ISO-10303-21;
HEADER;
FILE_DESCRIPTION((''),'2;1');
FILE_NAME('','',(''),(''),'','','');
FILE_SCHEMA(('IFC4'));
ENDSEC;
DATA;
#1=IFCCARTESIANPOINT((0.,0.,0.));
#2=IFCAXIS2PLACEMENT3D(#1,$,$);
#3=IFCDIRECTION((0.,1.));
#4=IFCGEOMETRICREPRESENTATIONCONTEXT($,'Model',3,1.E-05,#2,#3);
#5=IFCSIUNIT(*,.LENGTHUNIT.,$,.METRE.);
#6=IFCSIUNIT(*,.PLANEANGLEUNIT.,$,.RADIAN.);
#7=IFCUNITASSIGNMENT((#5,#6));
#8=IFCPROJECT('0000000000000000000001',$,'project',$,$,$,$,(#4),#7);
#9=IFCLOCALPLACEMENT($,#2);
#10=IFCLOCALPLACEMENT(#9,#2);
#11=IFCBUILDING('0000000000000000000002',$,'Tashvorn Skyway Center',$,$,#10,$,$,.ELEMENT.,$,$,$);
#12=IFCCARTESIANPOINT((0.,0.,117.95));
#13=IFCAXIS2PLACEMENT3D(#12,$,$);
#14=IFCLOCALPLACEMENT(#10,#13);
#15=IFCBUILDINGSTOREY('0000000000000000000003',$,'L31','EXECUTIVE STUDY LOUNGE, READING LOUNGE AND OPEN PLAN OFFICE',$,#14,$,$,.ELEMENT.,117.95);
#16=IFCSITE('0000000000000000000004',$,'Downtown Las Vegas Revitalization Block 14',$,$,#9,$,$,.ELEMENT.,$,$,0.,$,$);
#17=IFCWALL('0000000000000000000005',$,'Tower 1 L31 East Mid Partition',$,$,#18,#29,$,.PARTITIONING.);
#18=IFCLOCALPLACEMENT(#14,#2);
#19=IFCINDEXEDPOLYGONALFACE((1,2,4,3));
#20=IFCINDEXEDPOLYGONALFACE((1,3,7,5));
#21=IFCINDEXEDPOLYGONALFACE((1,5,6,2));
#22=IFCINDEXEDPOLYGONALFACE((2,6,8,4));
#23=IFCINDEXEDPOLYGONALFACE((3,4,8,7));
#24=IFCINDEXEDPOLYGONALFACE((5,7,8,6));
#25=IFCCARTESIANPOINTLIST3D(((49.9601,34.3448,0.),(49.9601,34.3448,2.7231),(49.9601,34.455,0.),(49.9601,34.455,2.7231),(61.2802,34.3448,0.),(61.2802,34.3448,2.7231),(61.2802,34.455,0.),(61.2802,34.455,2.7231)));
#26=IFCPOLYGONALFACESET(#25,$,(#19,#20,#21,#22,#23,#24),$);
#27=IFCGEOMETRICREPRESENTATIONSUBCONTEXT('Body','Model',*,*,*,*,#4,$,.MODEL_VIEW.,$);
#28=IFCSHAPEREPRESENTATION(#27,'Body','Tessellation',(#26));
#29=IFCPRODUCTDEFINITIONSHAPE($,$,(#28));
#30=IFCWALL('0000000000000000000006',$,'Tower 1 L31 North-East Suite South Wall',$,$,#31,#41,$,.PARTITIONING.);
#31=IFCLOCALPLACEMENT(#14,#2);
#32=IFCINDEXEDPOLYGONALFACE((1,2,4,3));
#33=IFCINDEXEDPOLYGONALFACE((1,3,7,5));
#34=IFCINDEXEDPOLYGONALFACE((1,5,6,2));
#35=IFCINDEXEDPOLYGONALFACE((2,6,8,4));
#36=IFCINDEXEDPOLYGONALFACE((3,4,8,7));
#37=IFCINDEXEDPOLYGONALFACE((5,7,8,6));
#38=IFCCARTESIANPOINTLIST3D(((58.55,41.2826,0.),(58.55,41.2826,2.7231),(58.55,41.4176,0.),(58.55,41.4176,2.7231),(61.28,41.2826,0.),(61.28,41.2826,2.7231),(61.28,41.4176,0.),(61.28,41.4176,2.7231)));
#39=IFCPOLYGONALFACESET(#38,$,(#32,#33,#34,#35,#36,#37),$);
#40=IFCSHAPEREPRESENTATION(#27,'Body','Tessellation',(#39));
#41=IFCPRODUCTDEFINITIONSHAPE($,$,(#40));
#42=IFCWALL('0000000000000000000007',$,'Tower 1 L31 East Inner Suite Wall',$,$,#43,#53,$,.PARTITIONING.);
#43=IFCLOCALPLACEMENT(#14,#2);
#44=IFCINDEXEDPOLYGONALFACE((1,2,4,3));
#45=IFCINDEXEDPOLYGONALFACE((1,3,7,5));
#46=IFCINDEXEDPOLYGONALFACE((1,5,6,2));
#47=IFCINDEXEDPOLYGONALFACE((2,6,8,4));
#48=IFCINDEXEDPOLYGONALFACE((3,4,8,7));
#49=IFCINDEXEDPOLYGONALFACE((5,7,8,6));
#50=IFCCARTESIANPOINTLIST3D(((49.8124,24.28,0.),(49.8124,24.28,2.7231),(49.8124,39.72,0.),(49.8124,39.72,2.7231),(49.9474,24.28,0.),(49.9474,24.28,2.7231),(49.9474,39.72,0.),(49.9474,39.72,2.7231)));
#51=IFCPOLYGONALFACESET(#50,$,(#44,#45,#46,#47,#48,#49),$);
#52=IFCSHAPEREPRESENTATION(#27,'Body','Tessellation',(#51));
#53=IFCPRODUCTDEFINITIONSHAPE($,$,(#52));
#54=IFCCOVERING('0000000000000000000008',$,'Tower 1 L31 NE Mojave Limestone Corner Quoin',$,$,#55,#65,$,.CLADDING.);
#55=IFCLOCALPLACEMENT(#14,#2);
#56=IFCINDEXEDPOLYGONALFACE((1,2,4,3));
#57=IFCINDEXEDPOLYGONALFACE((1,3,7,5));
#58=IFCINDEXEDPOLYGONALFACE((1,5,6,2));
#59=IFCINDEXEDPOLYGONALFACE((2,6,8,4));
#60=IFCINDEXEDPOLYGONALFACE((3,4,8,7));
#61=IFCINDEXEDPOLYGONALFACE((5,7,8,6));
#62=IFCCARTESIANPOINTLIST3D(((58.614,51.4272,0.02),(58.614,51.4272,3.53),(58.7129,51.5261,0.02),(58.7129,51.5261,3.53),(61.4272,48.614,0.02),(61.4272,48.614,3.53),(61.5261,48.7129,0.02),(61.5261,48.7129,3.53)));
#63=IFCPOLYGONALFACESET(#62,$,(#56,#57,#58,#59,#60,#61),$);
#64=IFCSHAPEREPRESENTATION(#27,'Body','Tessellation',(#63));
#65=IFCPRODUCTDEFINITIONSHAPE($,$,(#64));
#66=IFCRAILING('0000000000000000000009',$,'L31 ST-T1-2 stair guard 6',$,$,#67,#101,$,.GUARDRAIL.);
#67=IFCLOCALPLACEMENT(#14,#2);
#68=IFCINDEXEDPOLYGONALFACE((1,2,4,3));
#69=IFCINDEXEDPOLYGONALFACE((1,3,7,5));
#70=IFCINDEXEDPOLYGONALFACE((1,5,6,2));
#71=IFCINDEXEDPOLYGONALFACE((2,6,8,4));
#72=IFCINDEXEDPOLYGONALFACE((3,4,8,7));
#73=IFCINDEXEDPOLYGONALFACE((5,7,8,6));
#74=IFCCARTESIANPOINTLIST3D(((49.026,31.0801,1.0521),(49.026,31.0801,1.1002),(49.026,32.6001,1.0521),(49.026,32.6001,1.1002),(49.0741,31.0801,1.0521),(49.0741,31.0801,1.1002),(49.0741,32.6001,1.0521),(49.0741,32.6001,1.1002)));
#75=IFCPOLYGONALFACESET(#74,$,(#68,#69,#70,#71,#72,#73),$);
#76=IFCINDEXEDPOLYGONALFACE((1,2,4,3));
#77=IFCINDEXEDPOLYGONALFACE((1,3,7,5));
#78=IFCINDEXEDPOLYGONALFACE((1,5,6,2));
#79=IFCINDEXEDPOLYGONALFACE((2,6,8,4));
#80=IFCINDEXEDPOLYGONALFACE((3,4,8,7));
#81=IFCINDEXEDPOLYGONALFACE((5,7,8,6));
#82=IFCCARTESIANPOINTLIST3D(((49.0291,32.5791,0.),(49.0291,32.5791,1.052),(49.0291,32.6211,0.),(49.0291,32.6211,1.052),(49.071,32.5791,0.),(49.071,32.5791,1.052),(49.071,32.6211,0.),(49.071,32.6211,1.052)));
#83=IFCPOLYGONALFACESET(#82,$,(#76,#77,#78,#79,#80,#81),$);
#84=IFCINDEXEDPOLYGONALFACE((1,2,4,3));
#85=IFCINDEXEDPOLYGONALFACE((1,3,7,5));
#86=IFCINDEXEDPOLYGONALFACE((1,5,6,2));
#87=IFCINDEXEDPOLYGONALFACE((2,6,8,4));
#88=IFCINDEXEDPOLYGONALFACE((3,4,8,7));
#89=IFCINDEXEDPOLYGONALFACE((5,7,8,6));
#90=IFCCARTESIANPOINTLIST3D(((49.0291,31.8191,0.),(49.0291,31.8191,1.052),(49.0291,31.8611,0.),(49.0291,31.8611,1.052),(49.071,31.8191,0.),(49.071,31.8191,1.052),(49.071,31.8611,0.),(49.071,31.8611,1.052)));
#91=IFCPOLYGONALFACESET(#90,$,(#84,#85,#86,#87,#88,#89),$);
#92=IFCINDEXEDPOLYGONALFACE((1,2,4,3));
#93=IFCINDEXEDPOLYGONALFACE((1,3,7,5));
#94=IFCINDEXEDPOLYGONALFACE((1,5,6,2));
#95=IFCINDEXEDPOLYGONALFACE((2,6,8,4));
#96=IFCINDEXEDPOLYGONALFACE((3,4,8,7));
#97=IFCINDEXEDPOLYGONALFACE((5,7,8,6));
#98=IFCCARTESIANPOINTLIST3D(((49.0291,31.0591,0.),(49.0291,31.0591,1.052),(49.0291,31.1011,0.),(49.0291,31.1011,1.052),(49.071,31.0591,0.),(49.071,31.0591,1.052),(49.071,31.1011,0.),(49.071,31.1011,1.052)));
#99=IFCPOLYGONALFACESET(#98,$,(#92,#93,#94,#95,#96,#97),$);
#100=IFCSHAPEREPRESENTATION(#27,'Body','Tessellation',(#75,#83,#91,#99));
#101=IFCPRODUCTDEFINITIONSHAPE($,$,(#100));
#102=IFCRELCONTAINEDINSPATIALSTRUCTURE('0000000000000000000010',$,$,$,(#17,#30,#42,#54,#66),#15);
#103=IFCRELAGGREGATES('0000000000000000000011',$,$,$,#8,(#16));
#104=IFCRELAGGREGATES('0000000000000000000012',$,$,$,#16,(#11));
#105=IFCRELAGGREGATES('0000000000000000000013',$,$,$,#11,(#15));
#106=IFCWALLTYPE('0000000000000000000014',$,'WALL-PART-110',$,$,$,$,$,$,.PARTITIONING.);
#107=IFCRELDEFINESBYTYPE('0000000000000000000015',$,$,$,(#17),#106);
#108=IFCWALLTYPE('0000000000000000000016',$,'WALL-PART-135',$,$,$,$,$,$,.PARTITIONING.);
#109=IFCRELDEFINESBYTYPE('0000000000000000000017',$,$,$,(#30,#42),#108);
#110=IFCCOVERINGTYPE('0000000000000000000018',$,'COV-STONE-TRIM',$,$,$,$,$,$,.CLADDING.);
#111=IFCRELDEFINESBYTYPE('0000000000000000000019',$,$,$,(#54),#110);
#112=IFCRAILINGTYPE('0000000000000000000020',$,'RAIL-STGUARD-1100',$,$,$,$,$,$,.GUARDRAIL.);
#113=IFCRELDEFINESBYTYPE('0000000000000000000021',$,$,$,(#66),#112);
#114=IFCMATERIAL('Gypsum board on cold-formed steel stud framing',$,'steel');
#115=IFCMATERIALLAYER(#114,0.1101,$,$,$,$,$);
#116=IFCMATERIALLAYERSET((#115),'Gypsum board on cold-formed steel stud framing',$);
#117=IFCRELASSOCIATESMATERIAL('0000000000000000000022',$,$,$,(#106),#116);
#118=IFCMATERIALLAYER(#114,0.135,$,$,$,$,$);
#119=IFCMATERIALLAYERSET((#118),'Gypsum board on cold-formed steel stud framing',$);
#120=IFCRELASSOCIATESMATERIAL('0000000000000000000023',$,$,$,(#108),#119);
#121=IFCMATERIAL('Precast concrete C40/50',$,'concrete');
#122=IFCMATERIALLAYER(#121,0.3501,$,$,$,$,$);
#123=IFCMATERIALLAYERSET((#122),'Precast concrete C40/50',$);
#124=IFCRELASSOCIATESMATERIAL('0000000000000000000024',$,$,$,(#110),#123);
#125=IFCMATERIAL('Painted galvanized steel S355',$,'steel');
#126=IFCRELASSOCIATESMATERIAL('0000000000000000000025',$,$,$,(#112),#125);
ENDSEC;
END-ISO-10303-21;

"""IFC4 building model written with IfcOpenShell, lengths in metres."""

from ifc_helpers import new_model, si_unit, direction, frame, frame_2d, origin, origin_2d, place, context, subcontext, project, spatial, rectangle, extrude, material, layer, layer_set, type_object, element, save


model = new_model("IFC4")

# Units and contexts
model_context = context("Model", 3, precision=1e-05, world=origin(), true_north=direction((0.0, 1.0)))
body_context = subcontext(model_context, "Body", "Model", "MODEL_VIEW")
ifc_project = project(units=[si_unit("LENGTHUNIT", "METRE"), si_unit("PLANEANGLEUNIT", "RADIAN")], contexts=[model_context])

# Site, building, storey
site_placement = place(None, origin())
site = spatial("IfcSite", under=ifc_project, at=site_placement, Name="Downtown Las Vegas Revitalization Block 14", CompositionType="ELEMENT", RefElevation=0.0)
building_placement = place(site_placement, origin())
building = spatial("IfcBuilding", under=site, at=building_placement, Name="Tashvorn Skyway Center", CompositionType="ELEMENT")
storey_placement = place(building_placement, frame((0.0, 0.0, 117.95)))
storey = spatial("IfcBuildingStorey", under=building, at=storey_placement, Name="L31", Description="EXECUTIVE STUDY LOUNGE, READING LOUNGE AND OPEN PLAN OFFICE", CompositionType="ELEMENT", Elevation=117.95)

# Walls
ifc_material_1 = material(Name="Precast concrete C40/50", Category="concrete")
ifc_material_2 = material(Name="Gypsum board on cold-formed steel stud framing", Category="steel")
ifc_layer_1 = layer(ifc_material_2, 0.1101)
ifc_layer_set_1 = layer_set([ifc_layer_1], Name="Gypsum board on cold-formed steel stud framing")
wall_type_1 = type_object("IfcWallType", Name="WALL-PART-110", PredefinedType="PARTITIONING", material=ifc_layer_set_1)
wall_1_placement = place(storey_placement, frame((49.96, 34.3999, 0.0), z_axis=(0.0, 0.0, 1.0), x_axis=(1.0, 0.0, 0.0)))
element("IfcWall", 1, at=wall_1_placement, inside=storey, type_object=wall_type_1, Name="Tower 1 L31 East Mid Partition", PredefinedType="PARTITIONING", context=body_context, shape_type="SweptSolid", body=[
    extrude(rectangle(XDim=11.3201, YDim=0.1101, at=frame_2d((5.6602, 0.0))), origin(), (0.0, 0.0, 1.0), 2.7231),
])
ifc_layer_2 = layer(ifc_material_2, 0.135)
ifc_layer_set_2 = layer_set([ifc_layer_2], Name="Gypsum board on cold-formed steel stud framing")
wall_type_2 = type_object("IfcWallType", Name="WALL-PART-135", PredefinedType="PARTITIONING", material=ifc_layer_set_2)
wall_2_placement = place(storey_placement, frame((58.55, 41.3501, 0.0), z_axis=(0.0, 0.0, 1.0), x_axis=(1.0, 0.0, 0.0)))
element("IfcWall", 2, at=wall_2_placement, inside=storey, type_object=wall_type_2, Name="Tower 1 L31 North-East Suite South Wall", PredefinedType="PARTITIONING", context=body_context, shape_type="SweptSolid", body=[
    extrude(rectangle(XDim=2.73, YDim=0.135, at=frame_2d((1.365, 0.0))), origin(), (0.0, 0.0, 1.0), 2.7231),
])
wall_3_placement = place(storey_placement, frame((49.8799, 39.72, 0.0), z_axis=(0.0, 0.0, 1.0), x_axis=(0.0, -1.0, 0.0)))
element("IfcWall", 3, at=wall_3_placement, inside=storey, type_object=wall_type_2, Name="Tower 1 L31 East Inner Suite Wall", PredefinedType="PARTITIONING", context=body_context, shape_type="SweptSolid", body=[
    extrude(rectangle(XDim=15.4399, YDim=0.135, at=frame_2d((7.72, 0.0))), origin(), (0.0, 0.0, 1.0), 2.7231),
])

# Covering
ifc_layer_3 = layer(ifc_material_1, 0.3501)
ifc_layer_set_3 = layer_set([ifc_layer_3], Name="Precast concrete C40/50")
covering_type = type_object("IfcCoveringType", Name="COV-STONE-TRIM", PredefinedType="CLADDING", material=ifc_layer_set_3)
covering_placement = place(storey_placement, frame((60.0701, 50.0701, 0.02), z_axis=(0.0, 0.0, 1.0), x_axis=(0.707107, -0.707107, 0.0)))
element("IfcCovering", 4, at=covering_placement, inside=storey, type_object=covering_type, Name="Tower 1 L31 NE Mojave Limestone Corner Quoin", PredefinedType="CLADDING", context=body_context, shape_type="SweptSolid", body=[
    extrude(rectangle(XDim=3.9785, YDim=0.1399, at=origin_2d()), origin(), (0.0, 0.0, 1.0), 3.51),
])

# Railing
ifc_material_3 = material(Name="Painted galvanized steel S355", Category="steel")
railing_type = type_object("IfcRailingType", Name="RAIL-STGUARD-1100", PredefinedType="GUARDRAIL", material=ifc_material_3)
railing_placement = place(storey_placement, frame((49.05, 32.6001, 0.0)))
element("IfcRailing", 5, at=railing_placement, inside=storey, type_object=railing_type, Name="L31 ST-T1-2 stair guard 6", PredefinedType="GUARDRAIL", context=body_context, shape_type="SweptSolid", body=[
    extrude(rectangle(XDim=0.0481, YDim=0.0481, at=origin_2d()), frame((0.0, 0.0, 1.0762), z_axis=(0.0, -1.0, 0.0), x_axis=(1.0, 0.0, 0.0)), (0.0, 0.0, 1.0), 1.52),
    extrude(rectangle(XDim=0.042, YDim=0.042, at=origin_2d()), origin(), (0.0, 0.0, 1.0), 1.052),
    extrude(rectangle(XDim=0.042, YDim=0.042, at=origin_2d()), frame((0.0, -0.76, 0.0)), (0.0, 0.0, 1.0), 1.052),
    extrude(rectangle(XDim=0.042, YDim=0.042, at=origin_2d()), frame((0.0, -1.52, 0.0)), (0.0, 0.0, 1.0), 1.052),
])

save(model, "model.ifc")
